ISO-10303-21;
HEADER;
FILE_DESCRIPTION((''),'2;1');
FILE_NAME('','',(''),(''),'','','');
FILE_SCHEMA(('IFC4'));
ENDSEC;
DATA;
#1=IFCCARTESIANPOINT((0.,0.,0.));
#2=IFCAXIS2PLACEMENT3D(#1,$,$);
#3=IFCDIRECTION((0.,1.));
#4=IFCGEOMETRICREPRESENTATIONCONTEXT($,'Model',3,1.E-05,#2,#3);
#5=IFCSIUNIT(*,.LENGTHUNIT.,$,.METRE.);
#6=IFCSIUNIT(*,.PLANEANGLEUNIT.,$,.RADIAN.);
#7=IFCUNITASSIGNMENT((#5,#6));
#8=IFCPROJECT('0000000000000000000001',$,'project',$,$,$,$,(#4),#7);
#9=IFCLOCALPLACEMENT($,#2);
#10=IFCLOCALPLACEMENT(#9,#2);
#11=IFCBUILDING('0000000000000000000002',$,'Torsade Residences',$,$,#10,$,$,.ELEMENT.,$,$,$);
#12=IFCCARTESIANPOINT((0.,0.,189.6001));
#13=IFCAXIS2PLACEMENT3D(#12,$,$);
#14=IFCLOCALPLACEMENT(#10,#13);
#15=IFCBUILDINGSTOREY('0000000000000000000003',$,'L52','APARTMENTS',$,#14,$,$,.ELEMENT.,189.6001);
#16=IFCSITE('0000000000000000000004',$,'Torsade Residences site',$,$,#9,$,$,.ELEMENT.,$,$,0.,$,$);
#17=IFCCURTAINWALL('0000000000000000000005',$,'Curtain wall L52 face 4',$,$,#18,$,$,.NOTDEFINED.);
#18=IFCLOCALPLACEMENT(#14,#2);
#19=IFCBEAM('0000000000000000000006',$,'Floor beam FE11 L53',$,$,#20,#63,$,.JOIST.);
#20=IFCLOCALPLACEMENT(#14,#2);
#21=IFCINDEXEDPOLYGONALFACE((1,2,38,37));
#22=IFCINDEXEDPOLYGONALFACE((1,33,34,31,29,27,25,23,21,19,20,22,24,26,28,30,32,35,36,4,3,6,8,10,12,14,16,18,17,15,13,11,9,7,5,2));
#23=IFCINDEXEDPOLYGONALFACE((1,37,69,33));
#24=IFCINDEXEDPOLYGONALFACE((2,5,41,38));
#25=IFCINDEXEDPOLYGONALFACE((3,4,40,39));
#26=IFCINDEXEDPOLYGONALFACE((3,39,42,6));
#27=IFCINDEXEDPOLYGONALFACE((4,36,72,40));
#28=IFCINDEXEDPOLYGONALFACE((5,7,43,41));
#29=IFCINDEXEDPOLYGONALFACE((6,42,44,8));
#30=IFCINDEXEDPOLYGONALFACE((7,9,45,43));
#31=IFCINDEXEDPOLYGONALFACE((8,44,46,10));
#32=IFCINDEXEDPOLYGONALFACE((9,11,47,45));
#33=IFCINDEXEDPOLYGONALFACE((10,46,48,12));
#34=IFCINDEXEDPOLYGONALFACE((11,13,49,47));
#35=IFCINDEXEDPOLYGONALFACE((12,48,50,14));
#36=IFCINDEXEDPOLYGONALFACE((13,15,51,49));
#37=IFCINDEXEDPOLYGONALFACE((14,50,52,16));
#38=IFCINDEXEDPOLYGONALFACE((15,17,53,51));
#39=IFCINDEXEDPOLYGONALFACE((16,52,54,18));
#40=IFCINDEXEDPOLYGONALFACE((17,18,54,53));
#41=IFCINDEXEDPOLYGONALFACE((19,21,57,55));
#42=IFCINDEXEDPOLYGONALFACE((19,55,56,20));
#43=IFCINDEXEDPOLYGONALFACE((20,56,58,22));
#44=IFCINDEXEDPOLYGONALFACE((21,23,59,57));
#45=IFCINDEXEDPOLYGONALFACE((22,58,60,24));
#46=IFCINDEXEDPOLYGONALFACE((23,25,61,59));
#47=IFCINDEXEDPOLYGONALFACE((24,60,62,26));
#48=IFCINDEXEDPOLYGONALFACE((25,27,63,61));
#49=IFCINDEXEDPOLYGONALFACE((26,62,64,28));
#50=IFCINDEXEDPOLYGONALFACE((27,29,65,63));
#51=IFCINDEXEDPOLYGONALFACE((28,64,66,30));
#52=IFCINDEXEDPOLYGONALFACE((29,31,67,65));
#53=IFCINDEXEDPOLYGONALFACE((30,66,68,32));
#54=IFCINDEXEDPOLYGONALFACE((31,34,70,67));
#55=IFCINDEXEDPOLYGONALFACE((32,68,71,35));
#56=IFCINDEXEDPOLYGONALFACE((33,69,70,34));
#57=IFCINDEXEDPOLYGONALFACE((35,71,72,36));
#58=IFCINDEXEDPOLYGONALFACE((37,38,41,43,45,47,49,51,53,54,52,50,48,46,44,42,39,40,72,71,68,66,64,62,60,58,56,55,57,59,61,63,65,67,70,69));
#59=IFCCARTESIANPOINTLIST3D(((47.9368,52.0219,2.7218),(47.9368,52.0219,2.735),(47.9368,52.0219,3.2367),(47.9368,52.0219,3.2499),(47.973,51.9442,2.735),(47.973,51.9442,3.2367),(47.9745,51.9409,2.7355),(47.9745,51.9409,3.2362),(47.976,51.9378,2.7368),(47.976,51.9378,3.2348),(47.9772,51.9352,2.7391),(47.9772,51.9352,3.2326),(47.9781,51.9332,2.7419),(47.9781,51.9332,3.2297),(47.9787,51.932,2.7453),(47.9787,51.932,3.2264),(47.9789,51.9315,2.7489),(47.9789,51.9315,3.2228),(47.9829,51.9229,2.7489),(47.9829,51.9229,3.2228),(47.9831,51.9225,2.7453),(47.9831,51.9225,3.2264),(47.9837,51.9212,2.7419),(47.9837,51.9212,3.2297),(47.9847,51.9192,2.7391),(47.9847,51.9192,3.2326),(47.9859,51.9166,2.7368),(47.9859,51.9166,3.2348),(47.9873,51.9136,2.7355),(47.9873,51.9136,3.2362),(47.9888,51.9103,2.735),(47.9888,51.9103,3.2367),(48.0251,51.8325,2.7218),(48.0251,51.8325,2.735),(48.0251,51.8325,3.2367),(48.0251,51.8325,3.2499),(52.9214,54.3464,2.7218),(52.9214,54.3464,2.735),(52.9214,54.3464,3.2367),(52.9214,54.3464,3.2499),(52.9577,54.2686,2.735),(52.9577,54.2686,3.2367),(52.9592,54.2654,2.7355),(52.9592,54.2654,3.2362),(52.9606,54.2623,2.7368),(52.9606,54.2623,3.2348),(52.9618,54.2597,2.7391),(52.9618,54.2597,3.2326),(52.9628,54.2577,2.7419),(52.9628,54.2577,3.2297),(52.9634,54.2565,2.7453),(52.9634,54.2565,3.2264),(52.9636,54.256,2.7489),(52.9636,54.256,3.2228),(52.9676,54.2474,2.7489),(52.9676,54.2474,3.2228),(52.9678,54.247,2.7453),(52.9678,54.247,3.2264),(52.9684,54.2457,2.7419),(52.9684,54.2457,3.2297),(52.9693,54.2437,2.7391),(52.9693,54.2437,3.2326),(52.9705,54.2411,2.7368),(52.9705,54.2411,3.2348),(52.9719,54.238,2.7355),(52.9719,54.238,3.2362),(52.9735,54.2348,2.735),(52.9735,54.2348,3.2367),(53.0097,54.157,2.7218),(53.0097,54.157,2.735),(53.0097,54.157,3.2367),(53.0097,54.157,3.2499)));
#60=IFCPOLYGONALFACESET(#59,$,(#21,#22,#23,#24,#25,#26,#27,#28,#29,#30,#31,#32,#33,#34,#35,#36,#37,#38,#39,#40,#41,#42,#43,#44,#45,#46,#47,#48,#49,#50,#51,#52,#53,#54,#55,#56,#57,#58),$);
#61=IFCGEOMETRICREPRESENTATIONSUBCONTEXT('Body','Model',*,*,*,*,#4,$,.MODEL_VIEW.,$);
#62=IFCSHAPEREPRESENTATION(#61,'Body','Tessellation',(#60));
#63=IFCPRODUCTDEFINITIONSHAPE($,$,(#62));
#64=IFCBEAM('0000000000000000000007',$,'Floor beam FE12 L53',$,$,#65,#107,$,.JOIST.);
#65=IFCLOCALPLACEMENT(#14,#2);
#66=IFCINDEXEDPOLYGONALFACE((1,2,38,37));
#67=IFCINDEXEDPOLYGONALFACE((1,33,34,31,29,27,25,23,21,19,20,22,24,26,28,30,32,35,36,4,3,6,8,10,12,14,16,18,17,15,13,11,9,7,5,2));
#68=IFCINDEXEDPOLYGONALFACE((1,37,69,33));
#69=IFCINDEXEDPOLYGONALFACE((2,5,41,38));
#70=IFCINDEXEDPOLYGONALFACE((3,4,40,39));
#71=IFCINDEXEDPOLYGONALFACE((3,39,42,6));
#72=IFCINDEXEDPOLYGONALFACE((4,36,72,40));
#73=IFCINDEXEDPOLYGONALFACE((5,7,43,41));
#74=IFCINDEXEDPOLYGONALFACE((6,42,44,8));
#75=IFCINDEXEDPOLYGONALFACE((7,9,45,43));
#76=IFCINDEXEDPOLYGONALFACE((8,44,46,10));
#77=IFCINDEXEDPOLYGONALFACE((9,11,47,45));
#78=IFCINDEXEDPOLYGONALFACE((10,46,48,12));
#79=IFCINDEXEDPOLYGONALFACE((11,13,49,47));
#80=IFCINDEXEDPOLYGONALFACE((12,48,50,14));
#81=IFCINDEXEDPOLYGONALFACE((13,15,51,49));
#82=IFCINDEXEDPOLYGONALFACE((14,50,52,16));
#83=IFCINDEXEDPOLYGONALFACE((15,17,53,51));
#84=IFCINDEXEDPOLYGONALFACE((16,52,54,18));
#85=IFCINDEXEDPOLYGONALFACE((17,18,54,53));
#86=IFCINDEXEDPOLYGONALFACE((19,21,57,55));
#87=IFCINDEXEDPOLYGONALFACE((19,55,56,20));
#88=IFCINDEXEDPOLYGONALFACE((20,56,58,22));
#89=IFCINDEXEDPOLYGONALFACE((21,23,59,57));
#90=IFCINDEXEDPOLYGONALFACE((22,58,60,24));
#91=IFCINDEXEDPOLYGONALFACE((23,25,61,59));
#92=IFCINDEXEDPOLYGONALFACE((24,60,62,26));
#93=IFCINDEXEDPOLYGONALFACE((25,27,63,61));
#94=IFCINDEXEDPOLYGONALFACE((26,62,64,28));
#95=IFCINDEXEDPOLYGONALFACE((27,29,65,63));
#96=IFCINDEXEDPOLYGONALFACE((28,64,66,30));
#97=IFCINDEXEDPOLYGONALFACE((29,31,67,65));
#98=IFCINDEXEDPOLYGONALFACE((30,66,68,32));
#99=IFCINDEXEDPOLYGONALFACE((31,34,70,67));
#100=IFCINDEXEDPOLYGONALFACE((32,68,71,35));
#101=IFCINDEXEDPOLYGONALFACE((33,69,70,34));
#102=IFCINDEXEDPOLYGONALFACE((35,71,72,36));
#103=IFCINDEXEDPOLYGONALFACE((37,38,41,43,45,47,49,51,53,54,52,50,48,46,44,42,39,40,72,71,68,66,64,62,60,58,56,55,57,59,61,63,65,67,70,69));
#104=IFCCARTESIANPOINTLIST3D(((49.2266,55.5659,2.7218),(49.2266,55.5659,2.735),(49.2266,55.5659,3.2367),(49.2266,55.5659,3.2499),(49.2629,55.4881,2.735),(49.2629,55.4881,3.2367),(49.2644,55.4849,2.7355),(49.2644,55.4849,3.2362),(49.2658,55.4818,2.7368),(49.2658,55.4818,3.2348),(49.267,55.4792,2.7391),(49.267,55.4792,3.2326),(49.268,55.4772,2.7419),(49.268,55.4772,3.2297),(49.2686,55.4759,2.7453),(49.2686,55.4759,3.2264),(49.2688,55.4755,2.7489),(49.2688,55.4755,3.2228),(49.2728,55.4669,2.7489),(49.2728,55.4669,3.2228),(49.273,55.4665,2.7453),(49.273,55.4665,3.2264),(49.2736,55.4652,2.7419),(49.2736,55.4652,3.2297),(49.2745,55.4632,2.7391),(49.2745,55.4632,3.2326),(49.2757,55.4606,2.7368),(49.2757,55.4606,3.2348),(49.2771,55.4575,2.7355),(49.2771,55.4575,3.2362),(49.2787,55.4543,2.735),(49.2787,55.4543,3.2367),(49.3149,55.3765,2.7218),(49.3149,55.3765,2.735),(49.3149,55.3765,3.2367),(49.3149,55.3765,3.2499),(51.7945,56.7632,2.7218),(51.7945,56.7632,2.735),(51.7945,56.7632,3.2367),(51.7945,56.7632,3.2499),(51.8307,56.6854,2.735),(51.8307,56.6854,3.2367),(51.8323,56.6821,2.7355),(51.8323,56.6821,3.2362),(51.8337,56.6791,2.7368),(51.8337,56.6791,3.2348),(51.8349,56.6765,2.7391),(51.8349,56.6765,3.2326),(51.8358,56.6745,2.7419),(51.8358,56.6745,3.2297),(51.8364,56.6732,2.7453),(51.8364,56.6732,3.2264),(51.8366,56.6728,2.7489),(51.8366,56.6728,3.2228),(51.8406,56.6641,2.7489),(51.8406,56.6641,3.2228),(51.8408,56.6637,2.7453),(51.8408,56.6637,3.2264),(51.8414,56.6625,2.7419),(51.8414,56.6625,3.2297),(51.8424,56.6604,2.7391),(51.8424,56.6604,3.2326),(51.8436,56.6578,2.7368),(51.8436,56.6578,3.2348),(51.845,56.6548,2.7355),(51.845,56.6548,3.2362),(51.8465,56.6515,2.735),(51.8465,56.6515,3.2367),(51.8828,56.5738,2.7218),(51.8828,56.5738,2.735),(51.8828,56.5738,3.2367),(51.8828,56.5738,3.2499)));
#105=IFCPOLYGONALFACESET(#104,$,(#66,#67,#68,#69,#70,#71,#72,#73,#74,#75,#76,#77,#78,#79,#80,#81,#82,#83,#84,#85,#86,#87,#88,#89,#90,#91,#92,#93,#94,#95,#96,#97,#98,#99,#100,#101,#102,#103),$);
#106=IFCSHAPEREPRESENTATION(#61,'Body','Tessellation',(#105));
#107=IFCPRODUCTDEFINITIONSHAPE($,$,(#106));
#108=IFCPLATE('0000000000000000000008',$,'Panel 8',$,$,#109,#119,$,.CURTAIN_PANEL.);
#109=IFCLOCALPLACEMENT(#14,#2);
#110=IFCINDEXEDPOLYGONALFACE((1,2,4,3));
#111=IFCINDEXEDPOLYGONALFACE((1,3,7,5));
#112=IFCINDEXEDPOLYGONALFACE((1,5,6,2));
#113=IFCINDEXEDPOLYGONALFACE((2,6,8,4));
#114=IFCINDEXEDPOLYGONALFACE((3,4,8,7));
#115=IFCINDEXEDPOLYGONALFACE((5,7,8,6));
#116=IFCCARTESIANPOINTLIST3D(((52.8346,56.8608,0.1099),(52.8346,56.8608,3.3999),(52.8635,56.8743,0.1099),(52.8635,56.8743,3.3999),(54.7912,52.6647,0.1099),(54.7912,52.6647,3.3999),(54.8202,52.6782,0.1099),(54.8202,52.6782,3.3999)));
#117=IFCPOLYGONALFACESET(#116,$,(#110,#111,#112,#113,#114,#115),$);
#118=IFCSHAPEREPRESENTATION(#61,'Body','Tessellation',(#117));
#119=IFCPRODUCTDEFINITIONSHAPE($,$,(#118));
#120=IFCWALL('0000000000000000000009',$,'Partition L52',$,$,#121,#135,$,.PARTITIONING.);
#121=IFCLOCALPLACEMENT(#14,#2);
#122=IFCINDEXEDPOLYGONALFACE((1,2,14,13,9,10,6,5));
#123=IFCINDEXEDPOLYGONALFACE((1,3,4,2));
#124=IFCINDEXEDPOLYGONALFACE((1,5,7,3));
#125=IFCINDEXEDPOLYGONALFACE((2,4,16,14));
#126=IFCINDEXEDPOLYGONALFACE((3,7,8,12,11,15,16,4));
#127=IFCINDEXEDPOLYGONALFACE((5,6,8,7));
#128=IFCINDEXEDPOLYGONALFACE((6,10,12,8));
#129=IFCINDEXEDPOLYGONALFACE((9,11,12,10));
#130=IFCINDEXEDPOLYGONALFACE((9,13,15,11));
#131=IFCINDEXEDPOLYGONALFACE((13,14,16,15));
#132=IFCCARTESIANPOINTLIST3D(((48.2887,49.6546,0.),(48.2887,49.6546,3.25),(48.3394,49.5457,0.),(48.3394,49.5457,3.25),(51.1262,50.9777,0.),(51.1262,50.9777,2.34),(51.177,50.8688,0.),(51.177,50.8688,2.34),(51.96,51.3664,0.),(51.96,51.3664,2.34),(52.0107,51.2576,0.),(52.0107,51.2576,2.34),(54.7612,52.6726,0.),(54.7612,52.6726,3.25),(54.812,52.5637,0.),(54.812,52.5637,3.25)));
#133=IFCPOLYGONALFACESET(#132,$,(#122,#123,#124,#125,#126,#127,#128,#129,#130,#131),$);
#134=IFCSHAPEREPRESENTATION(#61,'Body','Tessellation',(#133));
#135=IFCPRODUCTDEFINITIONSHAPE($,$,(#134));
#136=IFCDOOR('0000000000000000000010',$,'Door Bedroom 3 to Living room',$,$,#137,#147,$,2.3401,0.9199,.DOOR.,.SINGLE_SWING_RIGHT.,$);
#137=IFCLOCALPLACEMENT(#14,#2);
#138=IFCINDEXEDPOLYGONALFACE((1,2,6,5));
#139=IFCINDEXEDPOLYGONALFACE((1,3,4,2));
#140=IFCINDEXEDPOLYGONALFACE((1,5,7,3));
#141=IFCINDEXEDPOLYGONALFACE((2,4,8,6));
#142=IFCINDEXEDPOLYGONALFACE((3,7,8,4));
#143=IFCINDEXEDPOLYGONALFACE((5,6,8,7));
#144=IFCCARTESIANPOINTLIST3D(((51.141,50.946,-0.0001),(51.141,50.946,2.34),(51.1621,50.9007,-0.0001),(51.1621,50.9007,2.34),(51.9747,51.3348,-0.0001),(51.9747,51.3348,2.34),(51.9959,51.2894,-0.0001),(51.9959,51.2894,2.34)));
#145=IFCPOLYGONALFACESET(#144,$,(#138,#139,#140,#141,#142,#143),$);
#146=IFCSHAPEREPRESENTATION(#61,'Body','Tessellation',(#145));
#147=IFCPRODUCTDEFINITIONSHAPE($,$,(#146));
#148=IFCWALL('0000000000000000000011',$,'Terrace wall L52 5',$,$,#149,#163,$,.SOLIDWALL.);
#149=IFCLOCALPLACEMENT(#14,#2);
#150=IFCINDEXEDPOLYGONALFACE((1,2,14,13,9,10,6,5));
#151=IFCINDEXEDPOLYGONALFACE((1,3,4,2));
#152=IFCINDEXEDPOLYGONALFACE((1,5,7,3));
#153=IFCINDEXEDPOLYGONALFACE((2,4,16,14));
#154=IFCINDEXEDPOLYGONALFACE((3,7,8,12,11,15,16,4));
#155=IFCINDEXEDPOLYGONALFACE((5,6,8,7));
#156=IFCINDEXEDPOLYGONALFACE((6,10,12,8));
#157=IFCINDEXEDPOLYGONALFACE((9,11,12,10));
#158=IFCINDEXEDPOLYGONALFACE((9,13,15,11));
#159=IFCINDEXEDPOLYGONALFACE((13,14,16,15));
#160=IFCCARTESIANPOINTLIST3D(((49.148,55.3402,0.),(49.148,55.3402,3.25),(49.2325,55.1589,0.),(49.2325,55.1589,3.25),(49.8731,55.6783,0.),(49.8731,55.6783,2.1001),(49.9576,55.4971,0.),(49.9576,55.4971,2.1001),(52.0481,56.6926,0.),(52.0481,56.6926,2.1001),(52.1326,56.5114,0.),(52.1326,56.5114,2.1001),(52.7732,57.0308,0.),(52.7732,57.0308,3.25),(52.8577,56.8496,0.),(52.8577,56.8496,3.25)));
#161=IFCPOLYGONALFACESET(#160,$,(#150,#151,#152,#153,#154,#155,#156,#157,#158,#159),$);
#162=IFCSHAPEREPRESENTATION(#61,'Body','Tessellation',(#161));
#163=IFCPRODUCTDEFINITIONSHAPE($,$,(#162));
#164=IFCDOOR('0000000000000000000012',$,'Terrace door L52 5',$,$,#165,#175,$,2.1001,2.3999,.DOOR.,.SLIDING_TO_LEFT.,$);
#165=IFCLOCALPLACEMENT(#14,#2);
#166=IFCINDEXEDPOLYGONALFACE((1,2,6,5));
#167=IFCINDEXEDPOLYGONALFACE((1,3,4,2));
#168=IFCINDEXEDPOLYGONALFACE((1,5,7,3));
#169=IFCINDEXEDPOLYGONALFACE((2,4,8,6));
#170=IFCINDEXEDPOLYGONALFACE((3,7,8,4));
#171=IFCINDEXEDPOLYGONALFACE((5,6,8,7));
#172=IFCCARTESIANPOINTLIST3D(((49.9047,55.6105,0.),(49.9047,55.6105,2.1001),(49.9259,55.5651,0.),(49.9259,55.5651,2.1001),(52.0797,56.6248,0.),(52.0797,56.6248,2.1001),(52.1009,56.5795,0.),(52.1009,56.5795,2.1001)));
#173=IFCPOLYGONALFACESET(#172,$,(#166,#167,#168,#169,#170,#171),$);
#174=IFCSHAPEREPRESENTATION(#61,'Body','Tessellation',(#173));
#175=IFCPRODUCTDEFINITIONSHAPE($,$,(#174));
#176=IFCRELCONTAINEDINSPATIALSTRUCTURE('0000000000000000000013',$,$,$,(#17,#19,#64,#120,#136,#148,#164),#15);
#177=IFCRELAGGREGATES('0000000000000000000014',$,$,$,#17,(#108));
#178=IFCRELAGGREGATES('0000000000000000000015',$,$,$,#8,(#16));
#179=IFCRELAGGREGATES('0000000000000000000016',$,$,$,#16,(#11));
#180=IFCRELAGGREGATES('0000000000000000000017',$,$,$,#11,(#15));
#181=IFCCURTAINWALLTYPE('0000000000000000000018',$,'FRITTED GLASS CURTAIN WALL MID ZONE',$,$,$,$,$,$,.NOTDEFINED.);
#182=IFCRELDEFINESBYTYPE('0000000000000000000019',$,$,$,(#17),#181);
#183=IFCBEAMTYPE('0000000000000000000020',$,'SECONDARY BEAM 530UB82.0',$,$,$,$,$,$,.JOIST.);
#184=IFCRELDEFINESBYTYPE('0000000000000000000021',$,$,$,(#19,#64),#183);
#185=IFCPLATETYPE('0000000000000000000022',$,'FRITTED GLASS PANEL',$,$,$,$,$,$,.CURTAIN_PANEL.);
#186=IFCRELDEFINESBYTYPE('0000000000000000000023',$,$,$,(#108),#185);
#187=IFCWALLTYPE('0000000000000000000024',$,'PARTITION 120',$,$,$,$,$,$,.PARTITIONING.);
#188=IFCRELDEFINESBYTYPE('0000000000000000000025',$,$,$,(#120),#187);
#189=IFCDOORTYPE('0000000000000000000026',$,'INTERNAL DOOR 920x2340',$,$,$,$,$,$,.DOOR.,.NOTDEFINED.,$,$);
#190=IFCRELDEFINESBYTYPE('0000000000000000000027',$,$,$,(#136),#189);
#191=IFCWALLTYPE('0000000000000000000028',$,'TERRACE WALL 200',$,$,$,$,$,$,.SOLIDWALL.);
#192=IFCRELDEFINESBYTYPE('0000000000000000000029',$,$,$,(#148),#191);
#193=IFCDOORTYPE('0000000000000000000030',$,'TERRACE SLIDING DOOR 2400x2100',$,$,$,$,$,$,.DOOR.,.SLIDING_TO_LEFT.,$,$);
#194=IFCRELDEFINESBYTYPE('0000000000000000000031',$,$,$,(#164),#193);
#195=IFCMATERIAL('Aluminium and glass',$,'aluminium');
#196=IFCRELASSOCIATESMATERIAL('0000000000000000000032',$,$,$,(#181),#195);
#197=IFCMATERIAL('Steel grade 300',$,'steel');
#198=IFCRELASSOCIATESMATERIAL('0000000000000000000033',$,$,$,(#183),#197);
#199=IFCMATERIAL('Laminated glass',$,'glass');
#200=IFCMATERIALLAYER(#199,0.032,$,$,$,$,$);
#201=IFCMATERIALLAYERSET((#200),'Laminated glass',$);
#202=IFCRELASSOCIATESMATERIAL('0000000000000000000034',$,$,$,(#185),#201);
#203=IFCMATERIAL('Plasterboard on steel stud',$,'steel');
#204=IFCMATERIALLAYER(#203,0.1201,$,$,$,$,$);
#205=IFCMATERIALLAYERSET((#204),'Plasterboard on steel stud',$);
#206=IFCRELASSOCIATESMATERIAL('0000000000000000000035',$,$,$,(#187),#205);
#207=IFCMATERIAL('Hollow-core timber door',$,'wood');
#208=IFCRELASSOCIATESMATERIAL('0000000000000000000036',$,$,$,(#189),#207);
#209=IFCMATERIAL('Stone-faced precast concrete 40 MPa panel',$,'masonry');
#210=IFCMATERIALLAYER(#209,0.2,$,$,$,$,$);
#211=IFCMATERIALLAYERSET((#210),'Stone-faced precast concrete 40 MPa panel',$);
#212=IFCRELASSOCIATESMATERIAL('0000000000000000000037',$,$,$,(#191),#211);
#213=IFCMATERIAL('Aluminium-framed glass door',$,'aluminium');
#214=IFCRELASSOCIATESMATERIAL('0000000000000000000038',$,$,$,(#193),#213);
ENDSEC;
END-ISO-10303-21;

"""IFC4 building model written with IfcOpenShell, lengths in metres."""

from ifc_helpers import new_model, si_unit, direction, frame, frame_2d, origin, origin_2d, place, context, subcontext, project, spatial, rectangle, i_section, extrude, material, layer, layer_set, material_profile, profile_set, type_object, element, fill, aggregate, save


model = new_model("IFC4")

# Units and contexts
model_context = context("Model", 3, precision=1e-05, world=origin(), true_north=direction((0.0, 1.0)))
body_context = subcontext(model_context, "Body", "Model", "MODEL_VIEW")
ifc_project = project(units=[si_unit("LENGTHUNIT", "METRE"), si_unit("PLANEANGLEUNIT", "RADIAN")], contexts=[model_context])

# Site, building, storey
site_placement = place(None, origin())
site = spatial("IfcSite", under=ifc_project, at=site_placement, Name="Torsade Residences site", CompositionType="ELEMENT", RefElevation=0.0)
building_placement = place(site_placement, origin())
building = spatial("IfcBuilding", under=site, at=building_placement, Name="Torsade Residences", CompositionType="ELEMENT")
storey_placement = place(building_placement, frame((0.0, 0.0, 189.6001)))
storey = spatial("IfcBuildingStorey", under=building, at=storey_placement, Name="L52", Description="APARTMENTS", CompositionType="ELEMENT", Elevation=189.6001)

# Curtain wall
ifc_material_1 = material(Name="Aluminium and glass", Category="aluminium")
curtain_wall_type = type_object("IfcCurtainWallType", Name="FRITTED GLASS CURTAIN WALL MID ZONE", PredefinedType="NOTDEFINED", material=ifc_material_1)
curtain_wall_placement = place(storey_placement, origin())
curtain_wall = element("IfcCurtainWall", 1, at=curtain_wall_placement, inside=storey, type_object=curtain_wall_type, Name="Curtain wall L52 face 4", PredefinedType="NOTDEFINED")

# Beams
ifc_material_2 = material(Name="Steel grade 300", Category="steel")
ifc_material_profile_1 = material_profile(ifc_material_2, i_section(OverallWidth=0.209, OverallDepth=0.5281, WebThickness=0.0095, FlangeThickness=0.0132, FilletRadius=0.0139, at=origin_2d()), Name="530UB82.0")
ifc_profile_set_1 = profile_set([ifc_material_profile_1], Name="Steel grade 300")
beam_type_1 = type_object("IfcBeamType", Name="SECONDARY BEAM 530UB82.0", PredefinedType="JOIST", material=ifc_profile_set_1)
beam_1_placement = place(storey_placement, frame((52.9656, 54.2517, 2.9858), z_axis=(-0.906301, -0.422633, 0.0), x_axis=(0.422633, -0.906301, 0.0)))
element("IfcBeam", 2, at=beam_1_placement, inside=storey, type_object=beam_type_1, Name="Floor beam FE11 L53", PredefinedType="JOIST", context=body_context, shape_type="SweptSolid", body=[
    extrude(i_section(OverallWidth=0.209, OverallDepth=0.5281, WebThickness=0.0095, FlangeThickness=0.0132, FilletRadius=0.0139, at=origin_2d()), origin(), (0.0, 0.0, 1.0), 5.5),
])
beam_2_placement = place(storey_placement, frame((51.8386, 56.6685, 2.9858), z_axis=(-0.906328, -0.422574, 0.0), x_axis=(0.422574, -0.906328, 0.0)))
element("IfcBeam", 3, at=beam_2_placement, inside=storey, type_object=beam_type_1, Name="Floor beam FE12 L53", PredefinedType="JOIST", context=body_context, shape_type="SweptSolid", body=[
    extrude(i_section(OverallWidth=0.209, OverallDepth=0.5281, WebThickness=0.0095, FlangeThickness=0.0132, FilletRadius=0.0139, at=origin_2d()), origin(), (0.0, 0.0, 1.0), 2.8333),
])

# Plate
ifc_material_3 = material(Name="Laminated glass", Category="glass")
ifc_layer_1 = layer(ifc_material_3, 0.032)
ifc_layer_set_1 = layer_set([ifc_layer_1], Name="Laminated glass")
plate_type = type_object("IfcPlateType", Name="FRITTED GLASS PANEL", PredefinedType="CURTAIN_PANEL", material=ifc_layer_set_1)
plate_placement = place(storey_placement, frame((53.8274, 54.7695, 0.1099), z_axis=(0.0, 0.0, 1.0), x_axis=(-0.422618, 0.906308, 0.0)))
plate = element("IfcPlate", 4, at=plate_placement, type_object=plate_type, Name="Panel 8", PredefinedType="CURTAIN_PANEL", context=body_context, shape_type="SweptSolid", body=[
    extrude(rectangle(XDim=4.6299, YDim=0.032, at=origin_2d()), origin(), (0.0, 0.0, 1.0), 3.29),
])
aggregate(curtain_wall, [plate])

# Walls, openings, doors
ifc_material_4 = material(Name="Plasterboard on steel stud", Category="steel")
ifc_layer_2 = layer(ifc_material_4, 0.1201)
ifc_layer_set_2 = layer_set([ifc_layer_2], Name="Plasterboard on steel stud")
wall_type_1 = type_object("IfcWallType", Name="PARTITION 120", PredefinedType="PARTITIONING", material=ifc_layer_set_2)
wall_1_placement = place(storey_placement, frame((54.7866, 52.6182, 0.0), z_axis=(0.0, 0.0, 1.0), x_axis=(-0.906318, -0.422597, 0.0)))
wall_1 = element("IfcWall", 5, at=wall_1_placement, inside=storey, type_object=wall_type_1, Name="Partition L52", PredefinedType="PARTITIONING", context=body_context, shape_type="SweptSolid", body=[
    extrude(rectangle(XDim=7.1416, YDim=0.1201, at=frame_2d((3.5708, 0.0))), origin(), (0.0, 0.0, 1.0), 3.25),
])
opening_1_placement = place(wall_1_placement, frame((3.0908, 0.0, 0.0)))
opening_1 = element("IfcOpeningElement", 6, at=opening_1_placement, cuts=wall_1, PredefinedType="OPENING", context=body_context, shape_type="SweptSolid", body=[
    extrude(rectangle(XDim=0.9199, YDim=2.3401, at=frame_2d((0.46, 1.1699))), frame((0.0, 0.0701, 0.0), z_axis=(0.0, -1.0, 0.0), x_axis=(1.0, 0.0, 0.0)), (0.0, 0.0, 1.0), 0.1401),
])
ifc_material_5 = material(Name="Hollow-core timber door", Category="wood")
door_type_1 = type_object("IfcDoorType", Name="INTERNAL DOOR 920x2340", OperationType="NOTDEFINED", PredefinedType="DOOR", material=ifc_material_5)
door_1_placement = place(opening_1_placement, origin())
door_1 = element("IfcDoor", 7, at=door_1_placement, inside=storey, type_object=door_type_1, Name="Door Bedroom 3 to Living room", OperationType="SINGLE_SWING_RIGHT", OverallHeight=2.3401, OverallWidth=0.9199, PredefinedType="DOOR", context=body_context, shape_type="SweptSolid", body=[
    extrude(rectangle(XDim=0.9199, YDim=2.3401, at=frame_2d((0.46, 1.1699))), frame((0.0, 0.0249, 0.0), z_axis=(0.0, -1.0, 0.0), x_axis=(1.0, 0.0, 0.0)), (0.0, 0.0, 1.0), 0.05),
])
fill(opening_1, door_1)
ifc_material_6 = material(Name="Stone-faced precast concrete 40 MPa panel", Category="masonry")
ifc_layer_3 = layer(ifc_material_6, 0.2)
ifc_layer_set_3 = layer_set([ifc_layer_3], Name="Stone-faced precast concrete 40 MPa panel")
wall_type_2 = type_object("IfcWallType", Name="TERRACE WALL 200", PredefinedType="SOLIDWALL", material=ifc_layer_set_3)
wall_2_placement = place(storey_placement, frame((52.8154, 56.9402, 0.0), z_axis=(0.0, 0.0, 1.0), x_axis=(-0.906289, -0.422658, 0.0)))
wall_2 = element("IfcWall", 8, at=wall_2_placement, inside=storey, type_object=wall_type_2, Name="Terrace wall L52 5", PredefinedType="SOLIDWALL", context=body_context, shape_type="SweptSolid", body=[
    extrude(rectangle(XDim=4.0, YDim=0.2, at=frame_2d((2.0, 0.0))), origin(), (0.0, 0.0, 1.0), 3.25),
])
opening_2_placement = place(wall_2_placement, frame((0.8, 0.0, 0.0)))
opening_2 = element("IfcOpeningElement", 9, at=opening_2_placement, cuts=wall_2, PredefinedType="OPENING", context=body_context, shape_type="SweptSolid", body=[
    extrude(rectangle(XDim=2.3999, YDim=2.1001, at=frame_2d((1.2, 1.05))), frame((0.0, 0.1099, 0.0), z_axis=(0.0, -1.0, 0.0), x_axis=(1.0, 0.0, 0.0)), (0.0, 0.0, 1.0), 0.22),
])
ifc_material_7 = material(Name="Aluminium-framed glass door", Category="aluminium")
door_type_2 = type_object("IfcDoorType", Name="TERRACE SLIDING DOOR 2400x2100", OperationType="SLIDING_TO_LEFT", PredefinedType="DOOR", material=ifc_material_7)
door_2_placement = place(opening_2_placement, origin())
door_2 = element("IfcDoor", 10, at=door_2_placement, inside=storey, type_object=door_type_2, Name="Terrace door L52 5", OperationType="SLIDING_TO_LEFT", OverallHeight=2.1001, OverallWidth=2.3999, PredefinedType="DOOR", context=body_context, shape_type="SweptSolid", body=[
    extrude(rectangle(XDim=2.3999, YDim=2.1001, at=frame_2d((1.2, 1.05))), frame((0.0, 0.0249, 0.0), z_axis=(0.0, -1.0, 0.0), x_axis=(1.0, 0.0, 0.0)), (0.0, 0.0, 1.0), 0.05),
])
fill(opening_2, door_2)

save(model, "model.ifc")
